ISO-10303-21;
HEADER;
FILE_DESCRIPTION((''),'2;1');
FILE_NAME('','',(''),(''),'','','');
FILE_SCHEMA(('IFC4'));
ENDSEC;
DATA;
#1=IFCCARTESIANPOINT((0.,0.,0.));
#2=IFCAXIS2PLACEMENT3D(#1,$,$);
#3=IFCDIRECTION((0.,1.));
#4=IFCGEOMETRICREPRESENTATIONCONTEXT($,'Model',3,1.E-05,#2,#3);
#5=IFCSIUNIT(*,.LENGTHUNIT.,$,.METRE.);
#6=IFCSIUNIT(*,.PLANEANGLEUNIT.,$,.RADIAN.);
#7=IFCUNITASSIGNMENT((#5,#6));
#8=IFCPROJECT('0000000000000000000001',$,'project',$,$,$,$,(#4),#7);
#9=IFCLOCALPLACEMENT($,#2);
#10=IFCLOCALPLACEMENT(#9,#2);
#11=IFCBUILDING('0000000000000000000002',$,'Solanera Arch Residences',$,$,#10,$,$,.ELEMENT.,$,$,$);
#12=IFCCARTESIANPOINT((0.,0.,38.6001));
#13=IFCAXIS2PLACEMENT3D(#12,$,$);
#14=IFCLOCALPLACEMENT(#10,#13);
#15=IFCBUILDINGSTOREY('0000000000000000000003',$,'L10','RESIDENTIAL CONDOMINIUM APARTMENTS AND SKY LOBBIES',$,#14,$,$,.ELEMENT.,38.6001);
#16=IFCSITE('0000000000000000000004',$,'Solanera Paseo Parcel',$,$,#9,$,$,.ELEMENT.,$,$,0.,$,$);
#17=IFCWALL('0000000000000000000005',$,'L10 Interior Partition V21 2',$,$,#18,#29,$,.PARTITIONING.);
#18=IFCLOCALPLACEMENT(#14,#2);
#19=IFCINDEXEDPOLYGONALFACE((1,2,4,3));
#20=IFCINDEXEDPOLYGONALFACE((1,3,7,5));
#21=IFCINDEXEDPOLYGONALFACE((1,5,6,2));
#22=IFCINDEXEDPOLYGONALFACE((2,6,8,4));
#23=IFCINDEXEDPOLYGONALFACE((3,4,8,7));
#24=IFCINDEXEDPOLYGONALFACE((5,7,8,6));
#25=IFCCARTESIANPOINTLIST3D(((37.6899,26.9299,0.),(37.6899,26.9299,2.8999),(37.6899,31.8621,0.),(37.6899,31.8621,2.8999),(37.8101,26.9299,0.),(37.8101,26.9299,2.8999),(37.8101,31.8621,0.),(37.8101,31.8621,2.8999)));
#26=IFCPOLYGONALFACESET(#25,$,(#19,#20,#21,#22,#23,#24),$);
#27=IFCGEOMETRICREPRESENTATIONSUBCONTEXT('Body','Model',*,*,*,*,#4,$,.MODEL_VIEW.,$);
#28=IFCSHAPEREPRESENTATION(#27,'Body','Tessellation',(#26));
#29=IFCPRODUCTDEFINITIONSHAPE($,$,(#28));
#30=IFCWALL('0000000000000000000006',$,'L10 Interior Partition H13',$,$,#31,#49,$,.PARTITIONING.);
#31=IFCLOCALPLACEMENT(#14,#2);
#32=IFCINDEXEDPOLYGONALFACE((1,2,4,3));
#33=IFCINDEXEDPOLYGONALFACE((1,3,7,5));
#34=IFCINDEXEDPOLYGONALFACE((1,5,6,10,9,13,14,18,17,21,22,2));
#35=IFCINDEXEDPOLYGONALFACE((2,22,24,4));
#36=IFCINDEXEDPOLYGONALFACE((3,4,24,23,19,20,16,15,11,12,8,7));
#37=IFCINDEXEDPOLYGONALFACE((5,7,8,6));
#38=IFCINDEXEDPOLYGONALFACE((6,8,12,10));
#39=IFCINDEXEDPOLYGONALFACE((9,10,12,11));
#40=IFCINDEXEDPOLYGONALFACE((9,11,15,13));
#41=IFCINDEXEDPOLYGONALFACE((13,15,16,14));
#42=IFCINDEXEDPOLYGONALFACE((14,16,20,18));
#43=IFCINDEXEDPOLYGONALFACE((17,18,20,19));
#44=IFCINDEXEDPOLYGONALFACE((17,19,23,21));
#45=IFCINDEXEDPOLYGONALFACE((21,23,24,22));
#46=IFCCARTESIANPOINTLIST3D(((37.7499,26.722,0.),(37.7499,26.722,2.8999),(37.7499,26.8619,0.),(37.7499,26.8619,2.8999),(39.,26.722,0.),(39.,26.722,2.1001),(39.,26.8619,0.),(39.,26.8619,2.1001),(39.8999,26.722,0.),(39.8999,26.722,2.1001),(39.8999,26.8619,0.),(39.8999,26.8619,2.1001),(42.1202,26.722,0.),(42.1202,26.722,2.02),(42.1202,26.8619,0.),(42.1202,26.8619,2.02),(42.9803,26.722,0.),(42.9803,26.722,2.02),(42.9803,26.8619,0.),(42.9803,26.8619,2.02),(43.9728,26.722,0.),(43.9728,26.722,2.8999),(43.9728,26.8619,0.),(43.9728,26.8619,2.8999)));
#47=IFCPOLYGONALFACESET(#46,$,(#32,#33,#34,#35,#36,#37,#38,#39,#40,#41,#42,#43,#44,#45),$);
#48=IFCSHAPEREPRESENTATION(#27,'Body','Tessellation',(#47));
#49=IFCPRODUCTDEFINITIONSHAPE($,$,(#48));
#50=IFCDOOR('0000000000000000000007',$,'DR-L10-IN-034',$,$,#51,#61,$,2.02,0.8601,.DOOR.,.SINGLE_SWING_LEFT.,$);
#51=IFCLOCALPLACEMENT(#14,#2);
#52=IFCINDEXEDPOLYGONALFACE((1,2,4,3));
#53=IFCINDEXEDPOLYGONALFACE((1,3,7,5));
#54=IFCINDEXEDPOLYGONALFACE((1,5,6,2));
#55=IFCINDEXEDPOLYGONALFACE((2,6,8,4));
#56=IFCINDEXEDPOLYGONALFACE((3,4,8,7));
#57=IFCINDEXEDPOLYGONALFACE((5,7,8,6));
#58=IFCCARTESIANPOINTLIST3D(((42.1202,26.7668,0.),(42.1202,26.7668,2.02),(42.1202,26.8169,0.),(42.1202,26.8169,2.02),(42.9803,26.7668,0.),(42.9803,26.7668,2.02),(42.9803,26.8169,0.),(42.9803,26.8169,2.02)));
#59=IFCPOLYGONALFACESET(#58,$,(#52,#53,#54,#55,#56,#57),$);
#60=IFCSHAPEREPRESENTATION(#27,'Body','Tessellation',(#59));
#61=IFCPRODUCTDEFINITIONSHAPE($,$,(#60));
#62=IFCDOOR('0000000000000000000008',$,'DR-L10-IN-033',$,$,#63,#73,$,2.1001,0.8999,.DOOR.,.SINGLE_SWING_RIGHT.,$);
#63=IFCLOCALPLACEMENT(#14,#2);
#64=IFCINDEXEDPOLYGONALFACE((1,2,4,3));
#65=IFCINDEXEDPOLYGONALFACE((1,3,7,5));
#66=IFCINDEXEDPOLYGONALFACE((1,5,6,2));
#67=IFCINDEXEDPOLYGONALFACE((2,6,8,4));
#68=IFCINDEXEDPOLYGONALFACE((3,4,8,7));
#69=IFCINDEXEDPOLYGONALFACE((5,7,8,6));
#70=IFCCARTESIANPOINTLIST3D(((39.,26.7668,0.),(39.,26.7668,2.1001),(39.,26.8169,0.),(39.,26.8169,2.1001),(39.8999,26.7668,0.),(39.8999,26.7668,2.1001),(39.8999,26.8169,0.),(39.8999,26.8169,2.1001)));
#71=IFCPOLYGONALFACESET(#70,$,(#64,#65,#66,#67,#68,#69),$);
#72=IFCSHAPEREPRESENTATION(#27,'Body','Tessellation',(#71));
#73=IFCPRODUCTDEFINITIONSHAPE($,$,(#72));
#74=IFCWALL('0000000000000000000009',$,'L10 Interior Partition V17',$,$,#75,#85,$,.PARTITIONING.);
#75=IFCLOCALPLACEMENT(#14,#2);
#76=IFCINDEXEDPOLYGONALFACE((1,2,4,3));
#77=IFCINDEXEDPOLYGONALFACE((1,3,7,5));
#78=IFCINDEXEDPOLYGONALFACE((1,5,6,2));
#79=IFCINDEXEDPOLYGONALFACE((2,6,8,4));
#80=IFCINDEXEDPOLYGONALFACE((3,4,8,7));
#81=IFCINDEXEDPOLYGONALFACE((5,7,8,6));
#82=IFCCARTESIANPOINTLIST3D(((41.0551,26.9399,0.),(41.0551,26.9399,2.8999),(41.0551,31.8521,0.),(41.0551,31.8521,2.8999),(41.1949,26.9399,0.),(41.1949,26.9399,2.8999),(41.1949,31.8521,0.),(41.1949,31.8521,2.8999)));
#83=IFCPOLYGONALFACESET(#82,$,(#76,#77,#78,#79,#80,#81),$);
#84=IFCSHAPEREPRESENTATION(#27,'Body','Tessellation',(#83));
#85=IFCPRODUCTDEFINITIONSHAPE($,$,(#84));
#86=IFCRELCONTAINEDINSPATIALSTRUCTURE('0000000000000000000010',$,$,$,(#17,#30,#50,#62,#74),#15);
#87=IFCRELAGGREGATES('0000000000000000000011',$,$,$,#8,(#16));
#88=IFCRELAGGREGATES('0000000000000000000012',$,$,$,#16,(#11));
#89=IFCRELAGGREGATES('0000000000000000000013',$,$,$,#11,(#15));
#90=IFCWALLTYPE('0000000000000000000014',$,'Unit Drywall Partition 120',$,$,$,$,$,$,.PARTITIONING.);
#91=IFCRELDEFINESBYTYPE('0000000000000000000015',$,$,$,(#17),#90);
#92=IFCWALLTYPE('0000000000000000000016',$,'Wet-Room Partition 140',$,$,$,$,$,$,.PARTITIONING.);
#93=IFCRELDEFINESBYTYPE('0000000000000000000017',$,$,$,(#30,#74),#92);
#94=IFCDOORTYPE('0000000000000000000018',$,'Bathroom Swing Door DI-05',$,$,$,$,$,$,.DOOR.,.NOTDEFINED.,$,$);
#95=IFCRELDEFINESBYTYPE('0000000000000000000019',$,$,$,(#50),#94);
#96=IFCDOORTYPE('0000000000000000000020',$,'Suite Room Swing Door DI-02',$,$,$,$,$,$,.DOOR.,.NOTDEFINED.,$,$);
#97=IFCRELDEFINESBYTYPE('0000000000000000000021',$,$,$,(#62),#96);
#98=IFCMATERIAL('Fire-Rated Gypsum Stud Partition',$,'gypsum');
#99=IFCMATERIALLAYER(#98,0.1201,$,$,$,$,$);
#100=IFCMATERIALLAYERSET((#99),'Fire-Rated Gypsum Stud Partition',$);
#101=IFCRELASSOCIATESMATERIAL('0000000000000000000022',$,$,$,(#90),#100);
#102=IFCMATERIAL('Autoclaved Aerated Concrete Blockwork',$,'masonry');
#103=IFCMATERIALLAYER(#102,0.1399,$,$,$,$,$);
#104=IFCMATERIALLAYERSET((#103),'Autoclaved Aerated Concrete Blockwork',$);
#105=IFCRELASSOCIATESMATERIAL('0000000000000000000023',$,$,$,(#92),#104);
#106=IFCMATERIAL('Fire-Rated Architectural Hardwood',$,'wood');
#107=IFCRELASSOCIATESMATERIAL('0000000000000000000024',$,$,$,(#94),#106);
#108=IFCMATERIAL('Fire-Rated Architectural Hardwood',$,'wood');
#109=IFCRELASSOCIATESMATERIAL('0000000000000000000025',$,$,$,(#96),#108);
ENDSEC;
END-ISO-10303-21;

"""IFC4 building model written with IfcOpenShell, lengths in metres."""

from ifc_helpers import new_model, si_unit, direction, frame, frame_2d, origin, place, context, subcontext, project, spatial, rectangle, extrude, material, layer, layer_set, type_object, element, fill, save


model = new_model("IFC4")

# Units and contexts
model_context = context("Model", 3, precision=1e-05, world=origin(), true_north=direction((0.0, 1.0)))
body_context = subcontext(model_context, "Body", "Model", "MODEL_VIEW")
ifc_project = project(units=[si_unit("LENGTHUNIT", "METRE"), si_unit("PLANEANGLEUNIT", "RADIAN")], contexts=[model_context])

# Site, building, storey
site_placement = place(None, origin())
site = spatial("IfcSite", under=ifc_project, at=site_placement, Name="Solanera Paseo Parcel", CompositionType="ELEMENT", RefElevation=0.0)
building_placement = place(site_placement, origin())
building = spatial("IfcBuilding", under=site, at=building_placement, Name="Solanera Arch Residences", CompositionType="ELEMENT")
storey_placement = place(building_placement, frame((0.0, 0.0, 38.6001)))
storey = spatial("IfcBuildingStorey", under=building, at=storey_placement, Name="L10", Description="RESIDENTIAL CONDOMINIUM APARTMENTS AND SKY LOBBIES", CompositionType="ELEMENT", Elevation=38.6001)

# Wall
ifc_material_1 = material(Name="Fire-Rated Gypsum Stud Partition", Category="gypsum")
ifc_layer_1 = layer(ifc_material_1, 0.1201)
ifc_layer_set_1 = layer_set([ifc_layer_1], Name="Fire-Rated Gypsum Stud Partition")
wall_type_1 = type_object("IfcWallType", Name="Unit Drywall Partition 120", PredefinedType="PARTITIONING", material=ifc_layer_set_1)
wall_1_placement = place(storey_placement, frame((37.75, 26.9299, 0.0), z_axis=(0.0, 0.0, 1.0), x_axis=(0.0, 1.0, 0.0)))
element("IfcWall", 1, at=wall_1_placement, inside=storey, type_object=wall_type_1, Name="L10 Interior Partition V21 2", PredefinedType="PARTITIONING", context=body_context, shape_type="SweptSolid", body=[
    extrude(rectangle(XDim=4.9321, YDim=0.1201, at=frame_2d((2.4661, 0.0))), origin(), (0.0, 0.0, 1.0), 2.8999),
])

# Wall, openings, doors
ifc_material_2 = material(Name="Autoclaved Aerated Concrete Blockwork", Category="masonry")
ifc_layer_2 = layer(ifc_material_2, 0.1399)
ifc_layer_set_2 = layer_set([ifc_layer_2], Name="Autoclaved Aerated Concrete Blockwork")
wall_type_2 = type_object("IfcWallType", Name="Wet-Room Partition 140", PredefinedType="PARTITIONING", material=ifc_layer_set_2)
wall_2_placement = place(storey_placement, frame((37.75, 26.792, 0.0), z_axis=(0.0, 0.0, 1.0), x_axis=(1.0, 0.0, 0.0)))
wall_2 = element("IfcWall", 2, at=wall_2_placement, inside=storey, type_object=wall_type_2, Name="L10 Interior Partition H13", PredefinedType="PARTITIONING", context=body_context, shape_type="SweptSolid", body=[
    extrude(rectangle(XDim=6.2229, YDim=0.1399, at=frame_2d((3.1113, 0.0))), origin(), (0.0, 0.0, 1.0), 2.8999),
])
opening_1_placement = place(wall_2_placement, frame((1.25, 0.0, 0.0)))
opening_1 = element("IfcOpeningElement", 3, at=opening_1_placement, cuts=wall_2, PredefinedType="OPENING", context=body_context, shape_type="SweptSolid", body=[
    extrude(rectangle(XDim=0.8999, YDim=2.1001, at=frame_2d((0.45, 1.05))), frame((0.0, 0.0798, 0.0), z_axis=(0.0, -1.0, 0.0), x_axis=(1.0, 0.0, 0.0)), (0.0, 0.0, 1.0), 0.1599),
])
opening_2_placement = place(wall_2_placement, frame((4.3701, 0.0, 0.0)))
opening_2 = element("IfcOpeningElement", 4, at=opening_2_placement, cuts=wall_2, PredefinedType="OPENING", context=body_context, shape_type="SweptSolid", body=[
    extrude(rectangle(XDim=0.8601, YDim=2.02, at=frame_2d((0.4302, 1.01))), frame((0.0, 0.0798, 0.0), z_axis=(0.0, -1.0, 0.0), x_axis=(1.0, 0.0, 0.0)), (0.0, 0.0, 1.0), 0.1599),
])
ifc_material_3 = material(Name="Fire-Rated Architectural Hardwood", Category="wood")
door_type_1 = type_object("IfcDoorType", Name="Bathroom Swing Door DI-05", OperationType="NOTDEFINED", PredefinedType="DOOR", material=ifc_material_3)
door_1_placement = place(opening_2_placement, origin())
door_1 = element("IfcDoor", 5, at=door_1_placement, inside=storey, type_object=door_type_1, Name="DR-L10-IN-034", OperationType="SINGLE_SWING_LEFT", OverallHeight=2.02, OverallWidth=0.8601, PredefinedType="DOOR", context=body_context, shape_type="SweptSolid", body=[
    extrude(rectangle(XDim=0.8601, YDim=2.02, at=frame_2d((0.4302, 1.01))), frame((0.0, 0.0249, 0.0), z_axis=(0.0, -1.0, 0.0), x_axis=(1.0, 0.0, 0.0)), (0.0, 0.0, 1.0), 0.05),
])
fill(opening_2, door_1)
ifc_material_4 = material(Name="Fire-Rated Architectural Hardwood", Category="wood")
door_type_2 = type_object("IfcDoorType", Name="Suite Room Swing Door DI-02", OperationType="NOTDEFINED", PredefinedType="DOOR", material=ifc_material_4)
door_2_placement = place(opening_1_placement, origin())
door_2 = element("IfcDoor", 6, at=door_2_placement, inside=storey, type_object=door_type_2, Name="DR-L10-IN-033", OperationType="SINGLE_SWING_RIGHT", OverallHeight=2.1001, OverallWidth=0.8999, PredefinedType="DOOR", context=body_context, shape_type="SweptSolid", body=[
    extrude(rectangle(XDim=0.8999, YDim=2.1001, at=frame_2d((0.45, 1.05))), frame((0.0, 0.0249, 0.0), z_axis=(0.0, -1.0, 0.0), x_axis=(1.0, 0.0, 0.0)), (0.0, 0.0, 1.0), 0.05),
])
fill(opening_1, door_2)

# Wall
wall_3_placement = place(storey_placement, frame((41.125, 26.9399, 0.0), z_axis=(0.0, 0.0, 1.0), x_axis=(0.0, 1.0, 0.0)))
element("IfcWall", 7, at=wall_3_placement, inside=storey, type_object=wall_type_2, Name="L10 Interior Partition V17", PredefinedType="PARTITIONING", context=body_context, shape_type="SweptSolid", body=[
    extrude(rectangle(XDim=4.9121, YDim=0.1399, at=frame_2d((2.4561, 0.0))), origin(), (0.0, 0.0, 1.0), 2.8999),
])

save(model, "model.ifc")
